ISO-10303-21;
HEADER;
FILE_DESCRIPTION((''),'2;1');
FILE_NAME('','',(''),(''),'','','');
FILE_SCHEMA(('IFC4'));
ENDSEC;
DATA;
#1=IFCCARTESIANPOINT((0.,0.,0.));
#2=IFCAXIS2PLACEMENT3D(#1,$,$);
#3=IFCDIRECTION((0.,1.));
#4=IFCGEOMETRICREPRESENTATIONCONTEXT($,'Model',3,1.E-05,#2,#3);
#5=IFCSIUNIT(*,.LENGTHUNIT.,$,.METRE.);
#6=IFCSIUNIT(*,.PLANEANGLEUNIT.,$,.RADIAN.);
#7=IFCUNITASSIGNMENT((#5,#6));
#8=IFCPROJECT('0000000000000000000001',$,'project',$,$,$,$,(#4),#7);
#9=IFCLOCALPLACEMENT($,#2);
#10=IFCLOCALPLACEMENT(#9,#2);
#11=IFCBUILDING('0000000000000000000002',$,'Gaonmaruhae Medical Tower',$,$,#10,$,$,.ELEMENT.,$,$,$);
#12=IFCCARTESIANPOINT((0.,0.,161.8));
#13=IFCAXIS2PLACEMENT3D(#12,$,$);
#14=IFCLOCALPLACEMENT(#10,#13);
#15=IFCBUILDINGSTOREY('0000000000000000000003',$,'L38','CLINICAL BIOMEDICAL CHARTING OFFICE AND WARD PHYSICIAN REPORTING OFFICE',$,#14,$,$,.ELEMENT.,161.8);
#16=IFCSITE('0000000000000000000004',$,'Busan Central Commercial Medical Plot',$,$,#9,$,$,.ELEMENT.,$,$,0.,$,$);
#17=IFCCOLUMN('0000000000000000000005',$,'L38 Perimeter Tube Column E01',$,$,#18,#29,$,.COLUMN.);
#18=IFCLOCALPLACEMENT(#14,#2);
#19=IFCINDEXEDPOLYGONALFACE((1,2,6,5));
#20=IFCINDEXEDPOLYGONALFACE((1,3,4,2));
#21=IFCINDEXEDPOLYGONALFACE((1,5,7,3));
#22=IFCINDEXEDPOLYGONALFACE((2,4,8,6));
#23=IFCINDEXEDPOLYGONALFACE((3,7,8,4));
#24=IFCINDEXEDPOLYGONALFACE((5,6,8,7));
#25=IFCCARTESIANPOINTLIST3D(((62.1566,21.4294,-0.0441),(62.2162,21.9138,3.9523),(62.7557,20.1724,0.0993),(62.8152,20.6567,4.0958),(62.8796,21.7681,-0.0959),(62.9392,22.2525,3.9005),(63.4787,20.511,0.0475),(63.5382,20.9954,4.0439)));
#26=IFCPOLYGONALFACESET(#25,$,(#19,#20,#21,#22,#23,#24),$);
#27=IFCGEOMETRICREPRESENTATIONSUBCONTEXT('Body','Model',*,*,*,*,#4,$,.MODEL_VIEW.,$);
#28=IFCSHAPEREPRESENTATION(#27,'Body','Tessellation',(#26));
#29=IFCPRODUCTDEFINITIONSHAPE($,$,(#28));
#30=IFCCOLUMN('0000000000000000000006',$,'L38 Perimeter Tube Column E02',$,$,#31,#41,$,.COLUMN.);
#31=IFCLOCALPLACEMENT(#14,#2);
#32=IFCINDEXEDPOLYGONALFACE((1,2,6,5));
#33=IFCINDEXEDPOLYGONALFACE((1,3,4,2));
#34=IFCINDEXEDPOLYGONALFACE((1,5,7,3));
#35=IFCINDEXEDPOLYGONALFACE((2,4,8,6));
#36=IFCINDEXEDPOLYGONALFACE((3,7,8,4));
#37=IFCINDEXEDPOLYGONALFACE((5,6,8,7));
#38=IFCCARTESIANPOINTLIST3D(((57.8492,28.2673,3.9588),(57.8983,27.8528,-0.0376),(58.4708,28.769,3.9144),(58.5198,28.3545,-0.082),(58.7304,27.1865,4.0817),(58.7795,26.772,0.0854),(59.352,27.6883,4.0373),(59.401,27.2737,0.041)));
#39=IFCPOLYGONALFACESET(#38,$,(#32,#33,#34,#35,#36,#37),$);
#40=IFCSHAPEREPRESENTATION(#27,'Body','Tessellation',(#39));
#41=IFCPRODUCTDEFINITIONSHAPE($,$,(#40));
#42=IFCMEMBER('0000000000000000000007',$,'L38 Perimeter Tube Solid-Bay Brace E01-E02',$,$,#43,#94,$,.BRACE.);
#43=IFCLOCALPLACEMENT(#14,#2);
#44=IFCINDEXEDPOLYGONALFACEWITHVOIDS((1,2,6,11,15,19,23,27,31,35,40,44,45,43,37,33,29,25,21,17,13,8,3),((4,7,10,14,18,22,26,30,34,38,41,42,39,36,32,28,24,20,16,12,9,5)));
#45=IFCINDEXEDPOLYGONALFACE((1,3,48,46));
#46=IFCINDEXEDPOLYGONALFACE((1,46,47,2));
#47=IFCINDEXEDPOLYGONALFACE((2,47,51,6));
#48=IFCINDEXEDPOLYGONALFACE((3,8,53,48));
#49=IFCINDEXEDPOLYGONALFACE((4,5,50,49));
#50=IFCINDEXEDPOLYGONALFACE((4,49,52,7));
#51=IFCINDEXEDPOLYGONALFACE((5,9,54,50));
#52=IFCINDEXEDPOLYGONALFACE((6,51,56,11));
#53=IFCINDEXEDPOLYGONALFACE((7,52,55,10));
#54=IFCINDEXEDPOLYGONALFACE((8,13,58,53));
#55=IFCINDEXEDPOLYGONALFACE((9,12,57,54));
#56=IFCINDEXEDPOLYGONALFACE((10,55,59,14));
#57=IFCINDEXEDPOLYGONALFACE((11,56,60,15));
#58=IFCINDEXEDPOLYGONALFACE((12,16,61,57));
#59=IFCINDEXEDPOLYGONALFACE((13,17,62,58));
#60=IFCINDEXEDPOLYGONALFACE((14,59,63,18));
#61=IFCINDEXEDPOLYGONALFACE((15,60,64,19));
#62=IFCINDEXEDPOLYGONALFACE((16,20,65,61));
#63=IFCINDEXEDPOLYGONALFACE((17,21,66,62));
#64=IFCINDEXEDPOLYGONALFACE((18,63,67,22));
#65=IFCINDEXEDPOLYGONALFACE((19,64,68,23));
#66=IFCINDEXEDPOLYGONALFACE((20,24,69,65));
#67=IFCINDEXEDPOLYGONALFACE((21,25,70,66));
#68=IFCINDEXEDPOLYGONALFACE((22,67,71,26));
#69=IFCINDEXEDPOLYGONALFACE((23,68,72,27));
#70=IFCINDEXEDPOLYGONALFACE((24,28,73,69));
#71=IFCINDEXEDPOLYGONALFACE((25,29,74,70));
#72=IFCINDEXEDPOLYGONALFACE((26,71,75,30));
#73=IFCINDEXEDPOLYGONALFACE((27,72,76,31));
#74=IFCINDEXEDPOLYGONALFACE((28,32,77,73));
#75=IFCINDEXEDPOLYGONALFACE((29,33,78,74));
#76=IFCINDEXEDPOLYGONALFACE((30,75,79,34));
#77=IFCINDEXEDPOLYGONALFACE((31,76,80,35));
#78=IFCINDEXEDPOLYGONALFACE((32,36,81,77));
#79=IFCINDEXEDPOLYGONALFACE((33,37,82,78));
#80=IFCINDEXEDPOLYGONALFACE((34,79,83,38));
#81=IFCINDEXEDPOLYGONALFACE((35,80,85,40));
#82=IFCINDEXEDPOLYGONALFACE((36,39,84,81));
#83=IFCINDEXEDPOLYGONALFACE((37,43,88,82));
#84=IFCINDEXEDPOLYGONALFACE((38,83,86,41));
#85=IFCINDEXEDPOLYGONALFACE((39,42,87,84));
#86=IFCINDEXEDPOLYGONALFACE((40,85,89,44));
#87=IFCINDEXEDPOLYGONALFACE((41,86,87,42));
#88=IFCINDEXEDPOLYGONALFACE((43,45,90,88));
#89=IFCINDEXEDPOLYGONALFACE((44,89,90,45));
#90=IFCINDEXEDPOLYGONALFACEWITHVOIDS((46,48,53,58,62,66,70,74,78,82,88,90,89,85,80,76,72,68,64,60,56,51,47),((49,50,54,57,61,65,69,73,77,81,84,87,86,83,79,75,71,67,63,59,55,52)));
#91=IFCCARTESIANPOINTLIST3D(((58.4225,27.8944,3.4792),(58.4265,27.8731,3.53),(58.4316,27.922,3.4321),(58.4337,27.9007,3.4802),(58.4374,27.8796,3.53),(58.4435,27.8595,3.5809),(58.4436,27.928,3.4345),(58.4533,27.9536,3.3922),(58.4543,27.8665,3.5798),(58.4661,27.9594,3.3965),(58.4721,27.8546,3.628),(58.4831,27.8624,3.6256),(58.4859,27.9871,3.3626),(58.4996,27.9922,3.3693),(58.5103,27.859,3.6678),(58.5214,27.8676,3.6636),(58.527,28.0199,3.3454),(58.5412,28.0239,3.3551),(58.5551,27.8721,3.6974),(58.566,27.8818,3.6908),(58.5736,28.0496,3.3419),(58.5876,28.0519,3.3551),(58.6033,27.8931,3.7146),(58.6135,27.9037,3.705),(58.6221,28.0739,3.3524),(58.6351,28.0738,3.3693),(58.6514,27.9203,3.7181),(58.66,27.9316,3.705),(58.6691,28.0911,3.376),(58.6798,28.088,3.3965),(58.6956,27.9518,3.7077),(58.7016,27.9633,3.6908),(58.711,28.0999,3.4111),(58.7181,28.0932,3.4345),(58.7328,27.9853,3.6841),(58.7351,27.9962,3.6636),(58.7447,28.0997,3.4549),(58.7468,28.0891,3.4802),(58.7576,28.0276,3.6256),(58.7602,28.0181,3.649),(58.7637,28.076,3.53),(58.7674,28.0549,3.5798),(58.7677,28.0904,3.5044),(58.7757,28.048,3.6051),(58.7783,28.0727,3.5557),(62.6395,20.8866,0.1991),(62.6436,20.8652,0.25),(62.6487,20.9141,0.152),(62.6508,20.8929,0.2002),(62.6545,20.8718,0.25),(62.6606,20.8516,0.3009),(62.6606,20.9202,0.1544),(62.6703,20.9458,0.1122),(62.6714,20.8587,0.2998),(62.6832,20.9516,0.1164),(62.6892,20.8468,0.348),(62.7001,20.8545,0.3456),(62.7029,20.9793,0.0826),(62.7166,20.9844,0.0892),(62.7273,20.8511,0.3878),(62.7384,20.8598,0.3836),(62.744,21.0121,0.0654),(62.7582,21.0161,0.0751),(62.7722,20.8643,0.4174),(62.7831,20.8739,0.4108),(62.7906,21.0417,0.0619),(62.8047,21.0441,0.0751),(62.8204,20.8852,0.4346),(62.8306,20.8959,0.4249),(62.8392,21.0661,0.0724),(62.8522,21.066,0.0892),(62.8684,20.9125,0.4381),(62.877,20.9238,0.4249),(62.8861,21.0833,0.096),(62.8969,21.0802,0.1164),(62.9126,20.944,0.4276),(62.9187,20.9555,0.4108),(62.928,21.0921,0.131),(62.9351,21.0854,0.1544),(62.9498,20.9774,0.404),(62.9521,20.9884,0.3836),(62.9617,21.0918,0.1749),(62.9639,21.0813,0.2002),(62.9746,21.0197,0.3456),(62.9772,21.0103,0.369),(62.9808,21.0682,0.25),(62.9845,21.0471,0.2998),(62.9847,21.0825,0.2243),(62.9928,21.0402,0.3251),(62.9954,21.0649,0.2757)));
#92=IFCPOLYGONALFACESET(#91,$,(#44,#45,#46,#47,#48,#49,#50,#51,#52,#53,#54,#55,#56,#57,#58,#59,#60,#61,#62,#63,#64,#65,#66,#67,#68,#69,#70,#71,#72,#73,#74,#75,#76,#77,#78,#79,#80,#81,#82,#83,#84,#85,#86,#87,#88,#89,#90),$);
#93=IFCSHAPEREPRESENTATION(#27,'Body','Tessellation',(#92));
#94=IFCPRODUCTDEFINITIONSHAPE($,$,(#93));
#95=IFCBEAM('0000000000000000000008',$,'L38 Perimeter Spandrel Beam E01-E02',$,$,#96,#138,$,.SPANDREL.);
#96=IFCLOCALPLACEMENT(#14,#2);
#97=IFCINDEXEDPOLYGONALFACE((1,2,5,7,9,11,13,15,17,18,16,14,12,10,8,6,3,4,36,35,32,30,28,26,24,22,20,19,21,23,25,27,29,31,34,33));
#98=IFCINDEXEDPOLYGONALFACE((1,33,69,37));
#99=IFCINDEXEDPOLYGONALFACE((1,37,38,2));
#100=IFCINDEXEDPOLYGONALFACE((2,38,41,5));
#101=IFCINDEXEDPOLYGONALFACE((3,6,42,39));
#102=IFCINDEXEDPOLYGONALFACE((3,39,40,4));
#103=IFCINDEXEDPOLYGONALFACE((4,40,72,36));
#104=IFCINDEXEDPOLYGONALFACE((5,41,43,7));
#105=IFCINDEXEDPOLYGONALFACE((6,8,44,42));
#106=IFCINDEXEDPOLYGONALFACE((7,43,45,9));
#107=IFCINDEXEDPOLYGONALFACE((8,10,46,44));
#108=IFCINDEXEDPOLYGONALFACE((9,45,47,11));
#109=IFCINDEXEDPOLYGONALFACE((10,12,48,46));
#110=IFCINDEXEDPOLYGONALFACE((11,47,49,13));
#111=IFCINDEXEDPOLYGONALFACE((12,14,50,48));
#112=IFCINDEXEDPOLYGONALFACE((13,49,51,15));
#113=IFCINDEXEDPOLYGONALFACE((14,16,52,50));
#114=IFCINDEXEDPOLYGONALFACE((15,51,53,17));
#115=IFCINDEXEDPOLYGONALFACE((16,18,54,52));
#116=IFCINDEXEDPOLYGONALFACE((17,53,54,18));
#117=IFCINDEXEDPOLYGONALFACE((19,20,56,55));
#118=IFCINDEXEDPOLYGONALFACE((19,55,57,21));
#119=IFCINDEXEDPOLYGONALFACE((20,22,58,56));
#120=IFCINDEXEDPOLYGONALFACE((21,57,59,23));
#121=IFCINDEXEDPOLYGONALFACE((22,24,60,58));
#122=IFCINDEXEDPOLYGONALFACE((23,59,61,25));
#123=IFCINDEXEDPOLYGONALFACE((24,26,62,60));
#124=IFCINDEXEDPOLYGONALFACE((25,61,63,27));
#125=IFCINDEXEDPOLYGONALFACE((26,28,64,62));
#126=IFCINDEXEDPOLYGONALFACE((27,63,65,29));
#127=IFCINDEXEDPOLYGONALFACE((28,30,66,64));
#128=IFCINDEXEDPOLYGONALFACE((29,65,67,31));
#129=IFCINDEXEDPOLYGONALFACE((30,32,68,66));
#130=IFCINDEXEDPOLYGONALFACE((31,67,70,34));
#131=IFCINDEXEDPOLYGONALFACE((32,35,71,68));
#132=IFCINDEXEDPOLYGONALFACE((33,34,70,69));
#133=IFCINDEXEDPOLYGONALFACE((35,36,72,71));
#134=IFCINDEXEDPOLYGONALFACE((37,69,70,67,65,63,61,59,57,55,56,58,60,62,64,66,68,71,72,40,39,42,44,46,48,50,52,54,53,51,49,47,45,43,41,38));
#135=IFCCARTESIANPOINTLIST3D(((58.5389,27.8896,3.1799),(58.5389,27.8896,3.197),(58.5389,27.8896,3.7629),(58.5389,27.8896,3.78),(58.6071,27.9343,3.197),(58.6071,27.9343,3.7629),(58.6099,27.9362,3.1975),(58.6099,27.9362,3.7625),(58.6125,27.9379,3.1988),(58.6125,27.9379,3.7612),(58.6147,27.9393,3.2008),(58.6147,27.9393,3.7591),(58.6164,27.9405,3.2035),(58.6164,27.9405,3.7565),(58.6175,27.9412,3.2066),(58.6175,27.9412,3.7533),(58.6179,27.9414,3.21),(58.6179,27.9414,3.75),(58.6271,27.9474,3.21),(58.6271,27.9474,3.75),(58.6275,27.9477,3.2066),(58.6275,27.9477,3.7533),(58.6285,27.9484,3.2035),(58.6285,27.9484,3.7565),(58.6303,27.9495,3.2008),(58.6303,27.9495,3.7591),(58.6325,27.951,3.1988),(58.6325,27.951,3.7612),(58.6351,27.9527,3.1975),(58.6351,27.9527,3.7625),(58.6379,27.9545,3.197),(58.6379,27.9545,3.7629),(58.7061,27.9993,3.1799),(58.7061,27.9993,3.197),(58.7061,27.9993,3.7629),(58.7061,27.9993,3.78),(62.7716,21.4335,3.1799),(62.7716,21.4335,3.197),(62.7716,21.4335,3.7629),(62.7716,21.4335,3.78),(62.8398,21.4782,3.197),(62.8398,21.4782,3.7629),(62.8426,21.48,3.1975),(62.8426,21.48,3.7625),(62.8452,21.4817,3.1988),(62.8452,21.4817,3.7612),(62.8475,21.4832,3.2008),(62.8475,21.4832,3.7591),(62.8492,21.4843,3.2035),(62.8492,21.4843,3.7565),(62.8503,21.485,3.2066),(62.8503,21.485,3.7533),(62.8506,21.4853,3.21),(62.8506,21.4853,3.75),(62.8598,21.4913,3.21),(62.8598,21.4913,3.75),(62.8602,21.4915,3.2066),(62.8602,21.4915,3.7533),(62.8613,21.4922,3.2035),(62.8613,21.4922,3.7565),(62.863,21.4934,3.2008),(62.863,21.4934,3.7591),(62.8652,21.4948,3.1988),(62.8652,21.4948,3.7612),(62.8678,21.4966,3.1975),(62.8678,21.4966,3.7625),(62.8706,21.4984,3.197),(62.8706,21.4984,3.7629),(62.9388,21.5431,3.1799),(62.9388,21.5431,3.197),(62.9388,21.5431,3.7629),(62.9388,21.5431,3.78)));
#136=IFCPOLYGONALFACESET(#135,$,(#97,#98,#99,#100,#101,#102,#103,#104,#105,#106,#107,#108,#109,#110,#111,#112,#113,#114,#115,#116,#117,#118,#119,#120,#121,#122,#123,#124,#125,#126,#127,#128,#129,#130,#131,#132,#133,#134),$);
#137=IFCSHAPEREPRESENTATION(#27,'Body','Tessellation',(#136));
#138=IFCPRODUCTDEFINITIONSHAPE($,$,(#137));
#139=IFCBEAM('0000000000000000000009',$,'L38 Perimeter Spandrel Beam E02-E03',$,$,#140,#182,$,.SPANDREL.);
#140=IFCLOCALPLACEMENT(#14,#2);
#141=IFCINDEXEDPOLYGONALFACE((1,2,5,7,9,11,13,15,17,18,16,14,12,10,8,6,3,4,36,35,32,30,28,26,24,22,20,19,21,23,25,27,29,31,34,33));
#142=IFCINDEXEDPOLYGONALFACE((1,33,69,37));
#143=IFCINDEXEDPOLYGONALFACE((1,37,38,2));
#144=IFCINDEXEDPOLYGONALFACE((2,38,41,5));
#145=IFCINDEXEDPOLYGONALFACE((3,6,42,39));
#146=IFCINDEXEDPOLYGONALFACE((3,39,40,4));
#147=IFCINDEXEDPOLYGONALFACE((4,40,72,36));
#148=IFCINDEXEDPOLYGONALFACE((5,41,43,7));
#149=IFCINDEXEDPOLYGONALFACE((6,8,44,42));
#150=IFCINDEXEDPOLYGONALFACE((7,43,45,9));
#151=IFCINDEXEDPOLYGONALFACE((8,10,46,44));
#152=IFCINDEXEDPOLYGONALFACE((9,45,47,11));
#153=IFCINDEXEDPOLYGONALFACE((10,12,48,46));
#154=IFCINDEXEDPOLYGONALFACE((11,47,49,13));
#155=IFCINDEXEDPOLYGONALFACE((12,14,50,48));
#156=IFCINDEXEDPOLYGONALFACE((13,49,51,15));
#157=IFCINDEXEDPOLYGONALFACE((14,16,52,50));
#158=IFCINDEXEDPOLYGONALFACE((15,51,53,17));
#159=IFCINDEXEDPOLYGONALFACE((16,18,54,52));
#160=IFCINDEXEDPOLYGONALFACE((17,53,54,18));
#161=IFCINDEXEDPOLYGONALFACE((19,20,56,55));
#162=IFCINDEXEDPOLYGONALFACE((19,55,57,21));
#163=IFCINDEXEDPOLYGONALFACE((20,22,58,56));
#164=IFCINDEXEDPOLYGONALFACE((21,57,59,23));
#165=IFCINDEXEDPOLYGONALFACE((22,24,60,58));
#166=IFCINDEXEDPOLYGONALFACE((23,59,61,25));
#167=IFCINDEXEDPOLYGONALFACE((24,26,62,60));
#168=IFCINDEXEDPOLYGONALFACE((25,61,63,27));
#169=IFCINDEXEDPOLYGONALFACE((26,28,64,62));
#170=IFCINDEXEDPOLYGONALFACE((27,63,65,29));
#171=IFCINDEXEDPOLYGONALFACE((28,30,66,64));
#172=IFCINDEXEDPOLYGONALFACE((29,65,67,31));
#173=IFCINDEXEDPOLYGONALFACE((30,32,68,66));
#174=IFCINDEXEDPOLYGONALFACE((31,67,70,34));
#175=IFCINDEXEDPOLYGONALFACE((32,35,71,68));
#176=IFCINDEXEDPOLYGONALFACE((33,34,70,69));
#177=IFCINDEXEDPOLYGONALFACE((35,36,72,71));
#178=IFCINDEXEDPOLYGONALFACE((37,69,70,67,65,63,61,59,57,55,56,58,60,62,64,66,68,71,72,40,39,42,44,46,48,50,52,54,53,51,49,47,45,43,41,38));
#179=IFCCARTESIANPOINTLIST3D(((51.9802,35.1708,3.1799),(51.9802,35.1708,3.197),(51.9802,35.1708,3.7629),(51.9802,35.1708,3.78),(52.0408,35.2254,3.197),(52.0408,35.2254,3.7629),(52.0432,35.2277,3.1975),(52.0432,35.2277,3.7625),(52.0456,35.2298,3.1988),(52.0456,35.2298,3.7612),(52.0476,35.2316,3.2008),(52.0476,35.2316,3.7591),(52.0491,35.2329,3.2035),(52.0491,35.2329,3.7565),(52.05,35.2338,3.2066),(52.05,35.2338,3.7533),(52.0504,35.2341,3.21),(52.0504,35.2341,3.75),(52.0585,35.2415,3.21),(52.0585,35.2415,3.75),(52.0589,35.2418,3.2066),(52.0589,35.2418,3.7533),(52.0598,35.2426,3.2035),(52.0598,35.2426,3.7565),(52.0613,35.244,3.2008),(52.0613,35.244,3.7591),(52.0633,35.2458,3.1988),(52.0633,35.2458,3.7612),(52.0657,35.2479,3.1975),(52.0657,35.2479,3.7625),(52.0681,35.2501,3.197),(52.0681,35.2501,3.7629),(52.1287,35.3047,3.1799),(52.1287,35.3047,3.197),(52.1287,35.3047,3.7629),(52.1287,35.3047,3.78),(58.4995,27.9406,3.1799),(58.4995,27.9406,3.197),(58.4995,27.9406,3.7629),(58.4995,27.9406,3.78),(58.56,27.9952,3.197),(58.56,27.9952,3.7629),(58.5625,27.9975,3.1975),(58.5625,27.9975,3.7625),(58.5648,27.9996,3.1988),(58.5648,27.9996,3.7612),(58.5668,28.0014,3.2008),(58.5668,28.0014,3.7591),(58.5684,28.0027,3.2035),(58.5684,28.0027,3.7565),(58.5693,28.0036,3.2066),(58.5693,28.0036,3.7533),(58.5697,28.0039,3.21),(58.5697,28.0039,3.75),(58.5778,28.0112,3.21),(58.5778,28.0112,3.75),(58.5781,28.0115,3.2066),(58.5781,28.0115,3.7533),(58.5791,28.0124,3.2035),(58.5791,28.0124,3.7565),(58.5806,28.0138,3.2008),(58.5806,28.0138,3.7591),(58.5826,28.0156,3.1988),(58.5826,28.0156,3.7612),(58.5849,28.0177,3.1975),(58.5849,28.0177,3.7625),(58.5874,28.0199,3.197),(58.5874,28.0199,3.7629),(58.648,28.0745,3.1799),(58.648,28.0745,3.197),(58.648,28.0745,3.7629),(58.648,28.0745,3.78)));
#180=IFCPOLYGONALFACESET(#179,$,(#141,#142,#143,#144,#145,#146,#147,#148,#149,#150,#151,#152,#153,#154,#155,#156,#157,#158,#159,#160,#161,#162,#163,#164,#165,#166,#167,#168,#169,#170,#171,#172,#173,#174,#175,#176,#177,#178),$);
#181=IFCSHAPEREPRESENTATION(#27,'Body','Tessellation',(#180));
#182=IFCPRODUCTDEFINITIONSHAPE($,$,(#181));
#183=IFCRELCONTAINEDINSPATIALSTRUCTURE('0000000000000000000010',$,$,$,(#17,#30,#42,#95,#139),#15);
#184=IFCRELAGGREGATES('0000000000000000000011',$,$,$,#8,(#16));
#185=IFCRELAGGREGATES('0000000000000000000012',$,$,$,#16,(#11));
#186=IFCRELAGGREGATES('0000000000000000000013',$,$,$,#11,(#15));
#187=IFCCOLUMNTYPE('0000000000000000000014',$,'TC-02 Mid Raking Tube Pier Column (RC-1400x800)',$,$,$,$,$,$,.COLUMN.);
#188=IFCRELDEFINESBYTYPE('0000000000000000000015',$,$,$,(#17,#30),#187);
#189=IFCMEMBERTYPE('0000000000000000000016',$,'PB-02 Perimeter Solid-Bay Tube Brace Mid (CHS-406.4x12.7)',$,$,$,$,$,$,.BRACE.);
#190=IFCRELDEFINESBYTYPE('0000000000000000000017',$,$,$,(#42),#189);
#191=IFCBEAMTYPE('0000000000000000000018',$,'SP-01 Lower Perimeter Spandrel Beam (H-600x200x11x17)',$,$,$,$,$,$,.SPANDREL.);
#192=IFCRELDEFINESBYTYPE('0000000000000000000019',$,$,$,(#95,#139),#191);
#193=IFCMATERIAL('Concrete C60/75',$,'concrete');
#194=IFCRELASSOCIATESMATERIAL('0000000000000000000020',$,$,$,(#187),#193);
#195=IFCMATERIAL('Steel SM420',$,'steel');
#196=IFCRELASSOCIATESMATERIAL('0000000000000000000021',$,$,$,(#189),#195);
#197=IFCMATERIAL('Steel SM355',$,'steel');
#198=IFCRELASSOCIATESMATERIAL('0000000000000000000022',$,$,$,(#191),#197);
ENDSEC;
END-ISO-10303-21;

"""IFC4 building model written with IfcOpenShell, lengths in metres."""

from ifc_helpers import new_model, si_unit, direction, frame, origin, origin_2d, place, context, subcontext, project, spatial, rectangle, hollow_circle, i_section, extrude, material, material_profile, profile_set, type_object, element, save


model = new_model("IFC4")

# Units and contexts
model_context = context("Model", 3, precision=1e-05, world=origin(), true_north=direction((0.0, 1.0)))
body_context = subcontext(model_context, "Body", "Model", "MODEL_VIEW")
ifc_project = project(units=[si_unit("LENGTHUNIT", "METRE"), si_unit("PLANEANGLEUNIT", "RADIAN")], contexts=[model_context])

# Site, building, storey
site_placement = place(None, origin())
site = spatial("IfcSite", under=ifc_project, at=site_placement, Name="Busan Central Commercial Medical Plot", CompositionType="ELEMENT", RefElevation=0.0)
building_placement = place(site_placement, origin())
building = spatial("IfcBuilding", under=site, at=building_placement, Name="Gaonmaruhae Medical Tower", CompositionType="ELEMENT")
storey_placement = place(building_placement, frame((0.0, 0.0, 161.8)))
storey = spatial("IfcBuildingStorey", under=building, at=storey_placement, Name="L38", Description="CLINICAL BIOMEDICAL CHARTING OFFICE AND WARD PHYSICIAN REPORTING OFFICE", CompositionType="ELEMENT", Elevation=161.8)

# Columns
ifc_material_1 = material(Name="Concrete C60/75", Category="concrete")
ifc_material_profile_1 = material_profile(ifc_material_1, rectangle(XDim=1.3999, YDim=0.8, at=origin_2d()), Name="RC-1400x800")
ifc_profile_set_1 = profile_set([ifc_material_profile_1], Name="Concrete C60/75")
column_type = type_object("IfcColumnType", Name="TC-02 Mid Raking Tube Pier Column (RC-1400x800)", PredefinedType="COLUMN", material=ifc_profile_set_1)
column_1_placement = place(storey_placement, frame((62.8176, 20.9702, 0.0017), z_axis=(0.014796, 0.120311, 0.992626), x_axis=(0.427941, -0.89798, 0.10246)))
element("IfcColumn", 1, at=column_1_placement, inside=storey, type_object=column_type, Name="L38 Perimeter Tube Column E01", PredefinedType="COLUMN", context=body_context, shape_type="SweptSolid", body=[
    extrude(rectangle(XDim=1.3999, YDim=0.8, at=origin_2d()), origin(), (0.0, 0.0, 1.0), 4.0261),
])
column_2_placement = place(storey_placement, frame((58.6497, 27.5632, 0.0017), z_axis=(-0.012213, 0.103171, 0.994589), x_axis=(0.629473, -0.772044, 0.087816)))
element("IfcColumn", 2, at=column_2_placement, inside=storey, type_object=column_type, Name="L38 Perimeter Tube Column E02", PredefinedType="COLUMN", context=body_context, shape_type="SweptSolid", body=[
    extrude(rectangle(XDim=1.3999, YDim=0.8, at=origin_2d()), origin(), (0.0, 0.0, 1.0), 4.0181),
])

# Member
ifc_material_2 = material(Name="Steel SM420", Category="steel")
ifc_material_profile_2 = material_profile(ifc_material_2, hollow_circle(Radius=0.2031, WallThickness=0.0127, at=origin_2d()), Name="CHS-406.4x12.7")
ifc_profile_set_2 = profile_set([ifc_material_profile_2], Name="Steel SM420")
member_type = type_object("IfcMemberType", Name="PB-02 Perimeter Solid-Bay Tube Brace Mid (CHS-406.4x12.7)", PredefinedType="BRACE", material=ifc_profile_set_2)
member_placement = place(storey_placement, frame((62.8176, 20.97, 0.25), z_axis=(-0.478556, 0.795257, 0.372223), x_axis=(-0.856826, -0.515606, 0.0)))
element("IfcMember", 3, at=member_placement, inside=storey, type_object=member_type, Name="L38 Perimeter Tube Solid-Bay Brace E01-E02", PredefinedType="BRACE", context=body_context, shape_type="SweptSolid", body=[
    extrude(hollow_circle(Radius=0.2031, WallThickness=0.0127, at=origin_2d()), origin(), (0.0, 0.0, 1.0), 8.812),
])

# Beams
ifc_material_3 = material(Name="Steel SM355", Category="steel")
ifc_material_profile_3 = material_profile(ifc_material_3, i_section(OverallWidth=0.2, OverallDepth=0.6001, WebThickness=0.011, FlangeThickness=0.0171, FilletRadius=0.0129, at=origin_2d()), Name="H-600x200x11x17")
ifc_profile_set_3 = profile_set([ifc_material_profile_3], Name="Steel SM355")
beam_type = type_object("IfcBeamType", Name="SP-01 Lower Perimeter Spandrel Beam (H-600x200x11x17)", PredefinedType="SPANDREL", material=ifc_profile_set_3)
beam_1_placement = place(storey_placement, frame((62.8552, 21.4883, 3.48), z_axis=(-0.548283, 0.836293, 0.0), x_axis=(-0.836293, -0.548283, 0.0)))
element("IfcBeam", 4, at=beam_1_placement, inside=storey, type_object=beam_type, Name="L38 Perimeter Spandrel Beam E01-E02", PredefinedType="SPANDREL", context=body_context, shape_type="SweptSolid", body=[
    extrude(i_section(OverallWidth=0.2, OverallDepth=0.6001, WebThickness=0.011, FlangeThickness=0.0171, FilletRadius=0.0129, at=origin_2d()), origin(), (0.0, 0.0, 1.0), 7.72),
])
beam_2_placement = place(storey_placement, frame((58.5737, 28.0076, 3.48), z_axis=(-0.66965, 0.742677, 0.0), x_axis=(-0.742677, -0.66965, 0.0)))
element("IfcBeam", 5, at=beam_2_placement, inside=storey, type_object=beam_type, Name="L38 Perimeter Spandrel Beam E02-E03", PredefinedType="SPANDREL", context=body_context, shape_type="SweptSolid", body=[
    extrude(i_section(OverallWidth=0.2, OverallDepth=0.6001, WebThickness=0.011, FlangeThickness=0.0171, FilletRadius=0.0129, at=origin_2d()), origin(), (0.0, 0.0, 1.0), 9.7354),
])

save(model, "model.ifc")
